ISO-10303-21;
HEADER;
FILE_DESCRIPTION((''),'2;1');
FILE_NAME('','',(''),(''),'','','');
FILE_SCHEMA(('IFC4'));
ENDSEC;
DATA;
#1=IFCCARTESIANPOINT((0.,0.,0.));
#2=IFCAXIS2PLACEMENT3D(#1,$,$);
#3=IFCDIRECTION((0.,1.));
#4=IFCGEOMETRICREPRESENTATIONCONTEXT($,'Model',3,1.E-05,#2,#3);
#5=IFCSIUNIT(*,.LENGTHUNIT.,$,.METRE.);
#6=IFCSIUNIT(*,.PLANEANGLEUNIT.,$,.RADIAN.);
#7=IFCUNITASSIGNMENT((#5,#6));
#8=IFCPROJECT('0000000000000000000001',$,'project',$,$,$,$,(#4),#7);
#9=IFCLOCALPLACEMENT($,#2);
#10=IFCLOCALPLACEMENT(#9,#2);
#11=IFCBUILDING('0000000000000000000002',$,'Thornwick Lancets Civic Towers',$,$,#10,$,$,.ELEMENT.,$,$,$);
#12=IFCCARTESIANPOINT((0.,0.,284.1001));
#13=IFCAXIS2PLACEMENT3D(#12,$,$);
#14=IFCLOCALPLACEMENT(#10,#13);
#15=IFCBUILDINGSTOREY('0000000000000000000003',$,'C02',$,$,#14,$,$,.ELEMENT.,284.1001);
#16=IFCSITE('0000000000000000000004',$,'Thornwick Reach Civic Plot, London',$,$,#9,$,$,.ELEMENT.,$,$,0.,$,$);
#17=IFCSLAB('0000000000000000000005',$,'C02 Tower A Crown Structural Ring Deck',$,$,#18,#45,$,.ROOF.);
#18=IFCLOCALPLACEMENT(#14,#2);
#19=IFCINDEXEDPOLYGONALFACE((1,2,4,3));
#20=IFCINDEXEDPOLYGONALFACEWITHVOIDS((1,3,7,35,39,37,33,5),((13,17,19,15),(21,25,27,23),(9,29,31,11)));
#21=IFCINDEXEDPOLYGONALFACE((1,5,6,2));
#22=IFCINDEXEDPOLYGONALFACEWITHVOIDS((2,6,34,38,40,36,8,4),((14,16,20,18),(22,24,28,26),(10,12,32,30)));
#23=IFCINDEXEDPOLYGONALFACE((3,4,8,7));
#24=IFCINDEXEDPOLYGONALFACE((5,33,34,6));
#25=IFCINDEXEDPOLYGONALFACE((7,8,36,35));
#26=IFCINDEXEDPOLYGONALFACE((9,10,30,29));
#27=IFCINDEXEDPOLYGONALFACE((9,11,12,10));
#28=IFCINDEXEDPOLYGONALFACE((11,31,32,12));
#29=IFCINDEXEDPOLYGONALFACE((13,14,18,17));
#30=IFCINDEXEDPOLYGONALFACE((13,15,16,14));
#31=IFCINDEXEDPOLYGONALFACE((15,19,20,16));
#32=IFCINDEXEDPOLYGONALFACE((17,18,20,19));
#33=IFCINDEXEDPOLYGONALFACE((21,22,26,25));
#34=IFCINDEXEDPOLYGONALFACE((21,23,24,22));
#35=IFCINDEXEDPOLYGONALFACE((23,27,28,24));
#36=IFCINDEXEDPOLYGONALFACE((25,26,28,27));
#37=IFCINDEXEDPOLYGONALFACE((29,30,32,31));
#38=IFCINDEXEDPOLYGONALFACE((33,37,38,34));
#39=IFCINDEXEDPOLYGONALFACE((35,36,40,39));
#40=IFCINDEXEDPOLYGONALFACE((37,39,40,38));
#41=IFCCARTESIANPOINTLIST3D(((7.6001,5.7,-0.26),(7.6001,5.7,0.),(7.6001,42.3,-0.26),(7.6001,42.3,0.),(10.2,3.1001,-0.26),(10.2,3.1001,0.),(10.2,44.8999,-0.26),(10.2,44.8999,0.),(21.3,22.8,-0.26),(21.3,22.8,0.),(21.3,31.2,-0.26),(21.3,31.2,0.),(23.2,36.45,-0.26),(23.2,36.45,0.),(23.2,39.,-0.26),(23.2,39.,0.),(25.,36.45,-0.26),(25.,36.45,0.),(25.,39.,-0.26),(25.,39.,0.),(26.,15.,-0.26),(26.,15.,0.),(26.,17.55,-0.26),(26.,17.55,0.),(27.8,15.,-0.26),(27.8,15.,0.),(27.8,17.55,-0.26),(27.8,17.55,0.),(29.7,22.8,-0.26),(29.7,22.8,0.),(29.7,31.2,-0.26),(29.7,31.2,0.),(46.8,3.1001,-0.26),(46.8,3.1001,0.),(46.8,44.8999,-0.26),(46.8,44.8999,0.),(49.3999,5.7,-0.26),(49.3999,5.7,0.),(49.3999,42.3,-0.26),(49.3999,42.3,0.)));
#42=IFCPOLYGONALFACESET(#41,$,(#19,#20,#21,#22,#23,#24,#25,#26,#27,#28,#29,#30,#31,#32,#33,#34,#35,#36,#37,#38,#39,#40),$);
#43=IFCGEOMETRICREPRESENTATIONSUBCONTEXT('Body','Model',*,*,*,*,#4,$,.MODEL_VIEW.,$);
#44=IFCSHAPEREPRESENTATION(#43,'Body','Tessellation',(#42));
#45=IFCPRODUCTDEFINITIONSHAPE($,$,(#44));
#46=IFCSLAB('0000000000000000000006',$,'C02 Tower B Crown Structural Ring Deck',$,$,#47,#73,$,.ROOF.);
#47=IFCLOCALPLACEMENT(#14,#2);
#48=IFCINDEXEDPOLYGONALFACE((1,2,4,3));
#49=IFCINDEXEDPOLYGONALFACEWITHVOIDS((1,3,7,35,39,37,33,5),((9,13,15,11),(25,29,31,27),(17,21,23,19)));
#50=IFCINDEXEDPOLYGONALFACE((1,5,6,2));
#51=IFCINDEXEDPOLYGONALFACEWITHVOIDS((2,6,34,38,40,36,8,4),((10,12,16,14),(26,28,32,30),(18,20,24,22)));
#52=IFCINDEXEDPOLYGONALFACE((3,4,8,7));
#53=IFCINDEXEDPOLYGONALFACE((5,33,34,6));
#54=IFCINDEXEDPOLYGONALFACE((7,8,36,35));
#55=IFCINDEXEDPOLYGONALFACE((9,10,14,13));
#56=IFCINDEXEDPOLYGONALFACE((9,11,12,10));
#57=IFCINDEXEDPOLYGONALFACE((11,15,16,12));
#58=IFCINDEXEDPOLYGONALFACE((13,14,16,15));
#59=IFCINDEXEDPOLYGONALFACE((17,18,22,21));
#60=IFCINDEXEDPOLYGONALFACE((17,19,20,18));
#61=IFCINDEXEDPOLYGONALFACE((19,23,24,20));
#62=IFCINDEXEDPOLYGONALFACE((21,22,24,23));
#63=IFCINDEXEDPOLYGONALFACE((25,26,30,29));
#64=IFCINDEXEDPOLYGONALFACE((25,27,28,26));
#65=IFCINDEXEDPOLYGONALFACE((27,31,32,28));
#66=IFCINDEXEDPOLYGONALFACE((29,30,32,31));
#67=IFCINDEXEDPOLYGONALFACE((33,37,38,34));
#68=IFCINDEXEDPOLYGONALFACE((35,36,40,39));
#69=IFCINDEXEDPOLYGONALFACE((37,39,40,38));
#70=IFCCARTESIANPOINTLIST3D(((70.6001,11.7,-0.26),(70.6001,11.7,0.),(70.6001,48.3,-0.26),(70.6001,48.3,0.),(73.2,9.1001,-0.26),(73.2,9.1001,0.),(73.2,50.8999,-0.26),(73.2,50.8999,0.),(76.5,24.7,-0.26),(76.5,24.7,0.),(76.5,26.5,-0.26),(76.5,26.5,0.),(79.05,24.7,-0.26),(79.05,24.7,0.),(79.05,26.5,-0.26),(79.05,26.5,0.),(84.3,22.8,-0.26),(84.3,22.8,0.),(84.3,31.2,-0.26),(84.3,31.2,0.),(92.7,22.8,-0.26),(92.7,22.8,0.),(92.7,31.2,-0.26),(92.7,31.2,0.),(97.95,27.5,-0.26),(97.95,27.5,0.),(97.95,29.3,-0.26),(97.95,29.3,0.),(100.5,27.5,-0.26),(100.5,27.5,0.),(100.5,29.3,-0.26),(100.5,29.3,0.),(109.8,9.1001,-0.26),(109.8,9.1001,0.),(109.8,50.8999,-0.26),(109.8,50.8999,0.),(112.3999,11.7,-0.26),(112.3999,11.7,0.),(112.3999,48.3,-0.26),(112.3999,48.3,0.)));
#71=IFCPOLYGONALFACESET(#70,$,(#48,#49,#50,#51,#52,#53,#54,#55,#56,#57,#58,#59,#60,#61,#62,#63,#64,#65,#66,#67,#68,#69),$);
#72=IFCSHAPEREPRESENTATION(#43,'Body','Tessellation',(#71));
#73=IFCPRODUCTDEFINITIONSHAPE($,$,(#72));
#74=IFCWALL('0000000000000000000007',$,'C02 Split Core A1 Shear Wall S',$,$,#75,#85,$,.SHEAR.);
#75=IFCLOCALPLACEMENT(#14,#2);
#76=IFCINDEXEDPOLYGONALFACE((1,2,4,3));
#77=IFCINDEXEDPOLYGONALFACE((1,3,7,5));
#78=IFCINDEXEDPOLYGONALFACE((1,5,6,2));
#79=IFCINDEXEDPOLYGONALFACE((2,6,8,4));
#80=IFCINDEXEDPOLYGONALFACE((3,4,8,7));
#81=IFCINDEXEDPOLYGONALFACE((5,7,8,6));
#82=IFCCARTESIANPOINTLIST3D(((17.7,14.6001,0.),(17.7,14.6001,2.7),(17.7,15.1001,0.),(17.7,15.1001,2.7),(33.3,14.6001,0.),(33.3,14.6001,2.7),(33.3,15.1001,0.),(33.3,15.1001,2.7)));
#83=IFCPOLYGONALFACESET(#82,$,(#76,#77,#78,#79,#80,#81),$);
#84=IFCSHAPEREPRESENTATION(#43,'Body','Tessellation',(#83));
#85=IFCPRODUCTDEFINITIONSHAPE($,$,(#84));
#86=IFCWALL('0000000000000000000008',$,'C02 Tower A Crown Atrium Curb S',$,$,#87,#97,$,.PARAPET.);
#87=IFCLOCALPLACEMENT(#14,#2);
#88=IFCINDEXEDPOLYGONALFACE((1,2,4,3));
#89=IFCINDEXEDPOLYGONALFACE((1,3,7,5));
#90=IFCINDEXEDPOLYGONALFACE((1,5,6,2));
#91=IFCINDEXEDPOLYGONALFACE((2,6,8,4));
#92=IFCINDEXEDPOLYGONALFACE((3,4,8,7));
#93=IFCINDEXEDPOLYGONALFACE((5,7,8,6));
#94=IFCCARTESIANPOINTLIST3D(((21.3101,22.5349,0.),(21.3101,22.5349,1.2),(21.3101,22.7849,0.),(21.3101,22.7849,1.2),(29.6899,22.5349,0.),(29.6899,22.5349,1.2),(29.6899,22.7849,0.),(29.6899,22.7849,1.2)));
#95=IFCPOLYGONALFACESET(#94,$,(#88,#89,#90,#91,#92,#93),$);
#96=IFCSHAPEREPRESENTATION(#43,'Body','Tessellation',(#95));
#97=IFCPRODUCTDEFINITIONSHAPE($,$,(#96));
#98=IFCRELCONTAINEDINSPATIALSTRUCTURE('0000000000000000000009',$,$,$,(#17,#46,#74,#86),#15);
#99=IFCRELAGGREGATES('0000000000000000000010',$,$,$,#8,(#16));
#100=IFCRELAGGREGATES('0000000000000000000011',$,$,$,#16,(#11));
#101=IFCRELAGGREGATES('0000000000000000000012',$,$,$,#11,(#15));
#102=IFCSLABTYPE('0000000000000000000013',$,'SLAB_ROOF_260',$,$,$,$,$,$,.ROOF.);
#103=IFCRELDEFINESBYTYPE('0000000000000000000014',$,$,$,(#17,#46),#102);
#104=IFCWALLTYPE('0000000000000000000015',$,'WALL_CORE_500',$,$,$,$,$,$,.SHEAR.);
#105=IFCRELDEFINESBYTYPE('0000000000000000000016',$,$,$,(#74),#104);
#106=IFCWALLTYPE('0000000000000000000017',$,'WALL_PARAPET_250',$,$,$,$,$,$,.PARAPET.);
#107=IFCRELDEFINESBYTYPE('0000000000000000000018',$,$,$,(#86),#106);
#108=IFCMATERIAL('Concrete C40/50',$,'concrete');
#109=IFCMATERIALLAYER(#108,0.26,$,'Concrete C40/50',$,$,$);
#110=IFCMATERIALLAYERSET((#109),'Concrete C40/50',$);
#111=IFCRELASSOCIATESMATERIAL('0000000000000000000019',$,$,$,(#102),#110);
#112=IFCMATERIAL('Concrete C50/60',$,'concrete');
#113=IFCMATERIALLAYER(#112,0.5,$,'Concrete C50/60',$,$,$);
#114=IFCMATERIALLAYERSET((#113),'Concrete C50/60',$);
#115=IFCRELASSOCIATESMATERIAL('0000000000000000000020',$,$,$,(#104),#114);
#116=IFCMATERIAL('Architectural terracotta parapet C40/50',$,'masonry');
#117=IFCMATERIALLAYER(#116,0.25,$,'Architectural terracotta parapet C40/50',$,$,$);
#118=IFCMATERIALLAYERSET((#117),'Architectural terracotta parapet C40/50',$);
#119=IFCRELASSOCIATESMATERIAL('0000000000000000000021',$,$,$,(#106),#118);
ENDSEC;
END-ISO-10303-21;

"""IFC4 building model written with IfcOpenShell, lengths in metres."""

from ifc_helpers import new_model, si_unit, direction, frame, frame_2d, origin, place, context, subcontext, project, spatial, polyline, rectangle, outline, extrude, material, layer, layer_set, type_object, element, save


model = new_model("IFC4")

# Units and contexts
model_context = context("Model", 3, precision=1e-05, world=origin(), true_north=direction((0.0, 1.0)))
body_context = subcontext(model_context, "Body", "Model", "MODEL_VIEW")
ifc_project = project(units=[si_unit("LENGTHUNIT", "METRE"), si_unit("PLANEANGLEUNIT", "RADIAN")], contexts=[model_context])

# Site, building, storey
site_placement = place(None, origin())
site = spatial("IfcSite", under=ifc_project, at=site_placement, Name="Thornwick Reach Civic Plot, London", CompositionType="ELEMENT", RefElevation=0.0)
building_placement = place(site_placement, origin())
building = spatial("IfcBuilding", under=site, at=building_placement, Name="Thornwick Lancets Civic Towers", CompositionType="ELEMENT")
storey_placement = place(building_placement, frame((0.0, 0.0, 284.1001)))
storey = spatial("IfcBuildingStorey", under=building, at=storey_placement, Name="C02", CompositionType="ELEMENT", Elevation=284.1001)

# Slabs
ifc_material_1 = material(Name="Concrete C40/50", Category="concrete")
ifc_layer_1 = layer(ifc_material_1, 0.26, Name="Concrete C40/50")
ifc_layer_set_1 = layer_set([ifc_layer_1], Name="Concrete C40/50")
slab_type = type_object("IfcSlabType", Name="SLAB_ROOF_260", PredefinedType="ROOF", material=ifc_layer_set_1)
slab_1_placement = place(storey_placement, frame((0.0, 0.0, -0.26)))
element("IfcSlab", 1, at=slab_1_placement, inside=storey, type_object=slab_type, Name="C02 Tower A Crown Structural Ring Deck", PredefinedType="ROOF", context=body_context, shape_type="SweptSolid", body=[
    extrude(outline(polyline([(10.2, 3.1001), (46.8, 3.1001), (49.3999, 5.7), (49.3999, 42.3), (46.8, 44.8999), (10.2, 44.8999), (7.6001, 42.3), (7.6001, 5.7), (10.2, 3.1001)]), holes=[polyline([(21.3, 22.8), (29.7, 22.8), (29.7, 31.2), (21.3, 31.2), (21.3, 22.8)]), polyline([(26.0, 15.0), (27.8, 15.0), (27.8, 17.55), (26.0, 17.55), (26.0, 15.0)]), polyline([(23.2, 36.45), (25.0, 36.45), (25.0, 39.0), (23.2, 39.0), (23.2, 36.45)])]), origin(), (0.0, 0.0, 1.0), 0.26),
])
slab_2_placement = place(storey_placement, frame((0.0, 0.0, -0.26)))
element("IfcSlab", 2, at=slab_2_placement, inside=storey, type_object=slab_type, Name="C02 Tower B Crown Structural Ring Deck", PredefinedType="ROOF", context=body_context, shape_type="SweptSolid", body=[
    extrude(outline(polyline([(73.2, 9.1001), (109.8, 9.1001), (112.3999, 11.7), (112.3999, 48.3), (109.8, 50.8999), (73.2, 50.8999), (70.6001, 48.3), (70.6001, 11.7), (73.2, 9.1001)]), holes=[polyline([(84.3, 22.8), (92.7, 22.8), (92.7, 31.2), (84.3, 31.2), (84.3, 22.8)]), polyline([(97.95, 27.5), (100.5, 27.5), (100.5, 29.3), (97.95, 29.3), (97.95, 27.5)]), polyline([(76.5, 24.7), (79.05, 24.7), (79.05, 26.5), (76.5, 26.5), (76.5, 24.7)])]), origin(), (0.0, 0.0, 1.0), 0.26),
])

# Walls
ifc_material_2 = material(Name="Concrete C50/60", Category="concrete")
ifc_layer_2 = layer(ifc_material_2, 0.5, Name="Concrete C50/60")
ifc_layer_set_2 = layer_set([ifc_layer_2], Name="Concrete C50/60")
wall_type_1 = type_object("IfcWallType", Name="WALL_CORE_500", PredefinedType="SHEAR", material=ifc_layer_set_2)
wall_1_placement = place(storey_placement, frame((17.7, 14.8501, 0.0), z_axis=(0.0, 0.0, 1.0), x_axis=(1.0, 0.0, 0.0)))
element("IfcWall", 3, at=wall_1_placement, inside=storey, type_object=wall_type_1, Name="C02 Split Core A1 Shear Wall S", PredefinedType="SHEAR", context=body_context, shape_type="SweptSolid", body=[
    extrude(rectangle(XDim=15.6001, YDim=0.5, at=frame_2d((7.8, 0.0))), origin(), (0.0, 0.0, 1.0), 2.7),
])
ifc_material_3 = material(Name="Architectural terracotta parapet C40/50", Category="masonry")
ifc_layer_3 = layer(ifc_material_3, 0.25, Name="Architectural terracotta parapet C40/50")
ifc_layer_set_3 = layer_set([ifc_layer_3], Name="Architectural terracotta parapet C40/50")
wall_type_2 = type_object("IfcWallType", Name="WALL_PARAPET_250", PredefinedType="PARAPET", material=ifc_layer_set_3)
wall_2_placement = place(storey_placement, frame((21.3101, 22.6599, 0.0), z_axis=(0.0, 0.0, 1.0), x_axis=(1.0, 0.0, 0.0)))
element("IfcWall", 4, at=wall_2_placement, inside=storey, type_object=wall_type_2, Name="C02 Tower A Crown Atrium Curb S", PredefinedType="PARAPET", context=body_context, shape_type="SweptSolid", body=[
    extrude(rectangle(XDim=8.3799, YDim=0.25, at=frame_2d((4.1899, 0.0))), origin(), (0.0, 0.0, 1.0), 1.2),
])

save(model, "model.ifc")
